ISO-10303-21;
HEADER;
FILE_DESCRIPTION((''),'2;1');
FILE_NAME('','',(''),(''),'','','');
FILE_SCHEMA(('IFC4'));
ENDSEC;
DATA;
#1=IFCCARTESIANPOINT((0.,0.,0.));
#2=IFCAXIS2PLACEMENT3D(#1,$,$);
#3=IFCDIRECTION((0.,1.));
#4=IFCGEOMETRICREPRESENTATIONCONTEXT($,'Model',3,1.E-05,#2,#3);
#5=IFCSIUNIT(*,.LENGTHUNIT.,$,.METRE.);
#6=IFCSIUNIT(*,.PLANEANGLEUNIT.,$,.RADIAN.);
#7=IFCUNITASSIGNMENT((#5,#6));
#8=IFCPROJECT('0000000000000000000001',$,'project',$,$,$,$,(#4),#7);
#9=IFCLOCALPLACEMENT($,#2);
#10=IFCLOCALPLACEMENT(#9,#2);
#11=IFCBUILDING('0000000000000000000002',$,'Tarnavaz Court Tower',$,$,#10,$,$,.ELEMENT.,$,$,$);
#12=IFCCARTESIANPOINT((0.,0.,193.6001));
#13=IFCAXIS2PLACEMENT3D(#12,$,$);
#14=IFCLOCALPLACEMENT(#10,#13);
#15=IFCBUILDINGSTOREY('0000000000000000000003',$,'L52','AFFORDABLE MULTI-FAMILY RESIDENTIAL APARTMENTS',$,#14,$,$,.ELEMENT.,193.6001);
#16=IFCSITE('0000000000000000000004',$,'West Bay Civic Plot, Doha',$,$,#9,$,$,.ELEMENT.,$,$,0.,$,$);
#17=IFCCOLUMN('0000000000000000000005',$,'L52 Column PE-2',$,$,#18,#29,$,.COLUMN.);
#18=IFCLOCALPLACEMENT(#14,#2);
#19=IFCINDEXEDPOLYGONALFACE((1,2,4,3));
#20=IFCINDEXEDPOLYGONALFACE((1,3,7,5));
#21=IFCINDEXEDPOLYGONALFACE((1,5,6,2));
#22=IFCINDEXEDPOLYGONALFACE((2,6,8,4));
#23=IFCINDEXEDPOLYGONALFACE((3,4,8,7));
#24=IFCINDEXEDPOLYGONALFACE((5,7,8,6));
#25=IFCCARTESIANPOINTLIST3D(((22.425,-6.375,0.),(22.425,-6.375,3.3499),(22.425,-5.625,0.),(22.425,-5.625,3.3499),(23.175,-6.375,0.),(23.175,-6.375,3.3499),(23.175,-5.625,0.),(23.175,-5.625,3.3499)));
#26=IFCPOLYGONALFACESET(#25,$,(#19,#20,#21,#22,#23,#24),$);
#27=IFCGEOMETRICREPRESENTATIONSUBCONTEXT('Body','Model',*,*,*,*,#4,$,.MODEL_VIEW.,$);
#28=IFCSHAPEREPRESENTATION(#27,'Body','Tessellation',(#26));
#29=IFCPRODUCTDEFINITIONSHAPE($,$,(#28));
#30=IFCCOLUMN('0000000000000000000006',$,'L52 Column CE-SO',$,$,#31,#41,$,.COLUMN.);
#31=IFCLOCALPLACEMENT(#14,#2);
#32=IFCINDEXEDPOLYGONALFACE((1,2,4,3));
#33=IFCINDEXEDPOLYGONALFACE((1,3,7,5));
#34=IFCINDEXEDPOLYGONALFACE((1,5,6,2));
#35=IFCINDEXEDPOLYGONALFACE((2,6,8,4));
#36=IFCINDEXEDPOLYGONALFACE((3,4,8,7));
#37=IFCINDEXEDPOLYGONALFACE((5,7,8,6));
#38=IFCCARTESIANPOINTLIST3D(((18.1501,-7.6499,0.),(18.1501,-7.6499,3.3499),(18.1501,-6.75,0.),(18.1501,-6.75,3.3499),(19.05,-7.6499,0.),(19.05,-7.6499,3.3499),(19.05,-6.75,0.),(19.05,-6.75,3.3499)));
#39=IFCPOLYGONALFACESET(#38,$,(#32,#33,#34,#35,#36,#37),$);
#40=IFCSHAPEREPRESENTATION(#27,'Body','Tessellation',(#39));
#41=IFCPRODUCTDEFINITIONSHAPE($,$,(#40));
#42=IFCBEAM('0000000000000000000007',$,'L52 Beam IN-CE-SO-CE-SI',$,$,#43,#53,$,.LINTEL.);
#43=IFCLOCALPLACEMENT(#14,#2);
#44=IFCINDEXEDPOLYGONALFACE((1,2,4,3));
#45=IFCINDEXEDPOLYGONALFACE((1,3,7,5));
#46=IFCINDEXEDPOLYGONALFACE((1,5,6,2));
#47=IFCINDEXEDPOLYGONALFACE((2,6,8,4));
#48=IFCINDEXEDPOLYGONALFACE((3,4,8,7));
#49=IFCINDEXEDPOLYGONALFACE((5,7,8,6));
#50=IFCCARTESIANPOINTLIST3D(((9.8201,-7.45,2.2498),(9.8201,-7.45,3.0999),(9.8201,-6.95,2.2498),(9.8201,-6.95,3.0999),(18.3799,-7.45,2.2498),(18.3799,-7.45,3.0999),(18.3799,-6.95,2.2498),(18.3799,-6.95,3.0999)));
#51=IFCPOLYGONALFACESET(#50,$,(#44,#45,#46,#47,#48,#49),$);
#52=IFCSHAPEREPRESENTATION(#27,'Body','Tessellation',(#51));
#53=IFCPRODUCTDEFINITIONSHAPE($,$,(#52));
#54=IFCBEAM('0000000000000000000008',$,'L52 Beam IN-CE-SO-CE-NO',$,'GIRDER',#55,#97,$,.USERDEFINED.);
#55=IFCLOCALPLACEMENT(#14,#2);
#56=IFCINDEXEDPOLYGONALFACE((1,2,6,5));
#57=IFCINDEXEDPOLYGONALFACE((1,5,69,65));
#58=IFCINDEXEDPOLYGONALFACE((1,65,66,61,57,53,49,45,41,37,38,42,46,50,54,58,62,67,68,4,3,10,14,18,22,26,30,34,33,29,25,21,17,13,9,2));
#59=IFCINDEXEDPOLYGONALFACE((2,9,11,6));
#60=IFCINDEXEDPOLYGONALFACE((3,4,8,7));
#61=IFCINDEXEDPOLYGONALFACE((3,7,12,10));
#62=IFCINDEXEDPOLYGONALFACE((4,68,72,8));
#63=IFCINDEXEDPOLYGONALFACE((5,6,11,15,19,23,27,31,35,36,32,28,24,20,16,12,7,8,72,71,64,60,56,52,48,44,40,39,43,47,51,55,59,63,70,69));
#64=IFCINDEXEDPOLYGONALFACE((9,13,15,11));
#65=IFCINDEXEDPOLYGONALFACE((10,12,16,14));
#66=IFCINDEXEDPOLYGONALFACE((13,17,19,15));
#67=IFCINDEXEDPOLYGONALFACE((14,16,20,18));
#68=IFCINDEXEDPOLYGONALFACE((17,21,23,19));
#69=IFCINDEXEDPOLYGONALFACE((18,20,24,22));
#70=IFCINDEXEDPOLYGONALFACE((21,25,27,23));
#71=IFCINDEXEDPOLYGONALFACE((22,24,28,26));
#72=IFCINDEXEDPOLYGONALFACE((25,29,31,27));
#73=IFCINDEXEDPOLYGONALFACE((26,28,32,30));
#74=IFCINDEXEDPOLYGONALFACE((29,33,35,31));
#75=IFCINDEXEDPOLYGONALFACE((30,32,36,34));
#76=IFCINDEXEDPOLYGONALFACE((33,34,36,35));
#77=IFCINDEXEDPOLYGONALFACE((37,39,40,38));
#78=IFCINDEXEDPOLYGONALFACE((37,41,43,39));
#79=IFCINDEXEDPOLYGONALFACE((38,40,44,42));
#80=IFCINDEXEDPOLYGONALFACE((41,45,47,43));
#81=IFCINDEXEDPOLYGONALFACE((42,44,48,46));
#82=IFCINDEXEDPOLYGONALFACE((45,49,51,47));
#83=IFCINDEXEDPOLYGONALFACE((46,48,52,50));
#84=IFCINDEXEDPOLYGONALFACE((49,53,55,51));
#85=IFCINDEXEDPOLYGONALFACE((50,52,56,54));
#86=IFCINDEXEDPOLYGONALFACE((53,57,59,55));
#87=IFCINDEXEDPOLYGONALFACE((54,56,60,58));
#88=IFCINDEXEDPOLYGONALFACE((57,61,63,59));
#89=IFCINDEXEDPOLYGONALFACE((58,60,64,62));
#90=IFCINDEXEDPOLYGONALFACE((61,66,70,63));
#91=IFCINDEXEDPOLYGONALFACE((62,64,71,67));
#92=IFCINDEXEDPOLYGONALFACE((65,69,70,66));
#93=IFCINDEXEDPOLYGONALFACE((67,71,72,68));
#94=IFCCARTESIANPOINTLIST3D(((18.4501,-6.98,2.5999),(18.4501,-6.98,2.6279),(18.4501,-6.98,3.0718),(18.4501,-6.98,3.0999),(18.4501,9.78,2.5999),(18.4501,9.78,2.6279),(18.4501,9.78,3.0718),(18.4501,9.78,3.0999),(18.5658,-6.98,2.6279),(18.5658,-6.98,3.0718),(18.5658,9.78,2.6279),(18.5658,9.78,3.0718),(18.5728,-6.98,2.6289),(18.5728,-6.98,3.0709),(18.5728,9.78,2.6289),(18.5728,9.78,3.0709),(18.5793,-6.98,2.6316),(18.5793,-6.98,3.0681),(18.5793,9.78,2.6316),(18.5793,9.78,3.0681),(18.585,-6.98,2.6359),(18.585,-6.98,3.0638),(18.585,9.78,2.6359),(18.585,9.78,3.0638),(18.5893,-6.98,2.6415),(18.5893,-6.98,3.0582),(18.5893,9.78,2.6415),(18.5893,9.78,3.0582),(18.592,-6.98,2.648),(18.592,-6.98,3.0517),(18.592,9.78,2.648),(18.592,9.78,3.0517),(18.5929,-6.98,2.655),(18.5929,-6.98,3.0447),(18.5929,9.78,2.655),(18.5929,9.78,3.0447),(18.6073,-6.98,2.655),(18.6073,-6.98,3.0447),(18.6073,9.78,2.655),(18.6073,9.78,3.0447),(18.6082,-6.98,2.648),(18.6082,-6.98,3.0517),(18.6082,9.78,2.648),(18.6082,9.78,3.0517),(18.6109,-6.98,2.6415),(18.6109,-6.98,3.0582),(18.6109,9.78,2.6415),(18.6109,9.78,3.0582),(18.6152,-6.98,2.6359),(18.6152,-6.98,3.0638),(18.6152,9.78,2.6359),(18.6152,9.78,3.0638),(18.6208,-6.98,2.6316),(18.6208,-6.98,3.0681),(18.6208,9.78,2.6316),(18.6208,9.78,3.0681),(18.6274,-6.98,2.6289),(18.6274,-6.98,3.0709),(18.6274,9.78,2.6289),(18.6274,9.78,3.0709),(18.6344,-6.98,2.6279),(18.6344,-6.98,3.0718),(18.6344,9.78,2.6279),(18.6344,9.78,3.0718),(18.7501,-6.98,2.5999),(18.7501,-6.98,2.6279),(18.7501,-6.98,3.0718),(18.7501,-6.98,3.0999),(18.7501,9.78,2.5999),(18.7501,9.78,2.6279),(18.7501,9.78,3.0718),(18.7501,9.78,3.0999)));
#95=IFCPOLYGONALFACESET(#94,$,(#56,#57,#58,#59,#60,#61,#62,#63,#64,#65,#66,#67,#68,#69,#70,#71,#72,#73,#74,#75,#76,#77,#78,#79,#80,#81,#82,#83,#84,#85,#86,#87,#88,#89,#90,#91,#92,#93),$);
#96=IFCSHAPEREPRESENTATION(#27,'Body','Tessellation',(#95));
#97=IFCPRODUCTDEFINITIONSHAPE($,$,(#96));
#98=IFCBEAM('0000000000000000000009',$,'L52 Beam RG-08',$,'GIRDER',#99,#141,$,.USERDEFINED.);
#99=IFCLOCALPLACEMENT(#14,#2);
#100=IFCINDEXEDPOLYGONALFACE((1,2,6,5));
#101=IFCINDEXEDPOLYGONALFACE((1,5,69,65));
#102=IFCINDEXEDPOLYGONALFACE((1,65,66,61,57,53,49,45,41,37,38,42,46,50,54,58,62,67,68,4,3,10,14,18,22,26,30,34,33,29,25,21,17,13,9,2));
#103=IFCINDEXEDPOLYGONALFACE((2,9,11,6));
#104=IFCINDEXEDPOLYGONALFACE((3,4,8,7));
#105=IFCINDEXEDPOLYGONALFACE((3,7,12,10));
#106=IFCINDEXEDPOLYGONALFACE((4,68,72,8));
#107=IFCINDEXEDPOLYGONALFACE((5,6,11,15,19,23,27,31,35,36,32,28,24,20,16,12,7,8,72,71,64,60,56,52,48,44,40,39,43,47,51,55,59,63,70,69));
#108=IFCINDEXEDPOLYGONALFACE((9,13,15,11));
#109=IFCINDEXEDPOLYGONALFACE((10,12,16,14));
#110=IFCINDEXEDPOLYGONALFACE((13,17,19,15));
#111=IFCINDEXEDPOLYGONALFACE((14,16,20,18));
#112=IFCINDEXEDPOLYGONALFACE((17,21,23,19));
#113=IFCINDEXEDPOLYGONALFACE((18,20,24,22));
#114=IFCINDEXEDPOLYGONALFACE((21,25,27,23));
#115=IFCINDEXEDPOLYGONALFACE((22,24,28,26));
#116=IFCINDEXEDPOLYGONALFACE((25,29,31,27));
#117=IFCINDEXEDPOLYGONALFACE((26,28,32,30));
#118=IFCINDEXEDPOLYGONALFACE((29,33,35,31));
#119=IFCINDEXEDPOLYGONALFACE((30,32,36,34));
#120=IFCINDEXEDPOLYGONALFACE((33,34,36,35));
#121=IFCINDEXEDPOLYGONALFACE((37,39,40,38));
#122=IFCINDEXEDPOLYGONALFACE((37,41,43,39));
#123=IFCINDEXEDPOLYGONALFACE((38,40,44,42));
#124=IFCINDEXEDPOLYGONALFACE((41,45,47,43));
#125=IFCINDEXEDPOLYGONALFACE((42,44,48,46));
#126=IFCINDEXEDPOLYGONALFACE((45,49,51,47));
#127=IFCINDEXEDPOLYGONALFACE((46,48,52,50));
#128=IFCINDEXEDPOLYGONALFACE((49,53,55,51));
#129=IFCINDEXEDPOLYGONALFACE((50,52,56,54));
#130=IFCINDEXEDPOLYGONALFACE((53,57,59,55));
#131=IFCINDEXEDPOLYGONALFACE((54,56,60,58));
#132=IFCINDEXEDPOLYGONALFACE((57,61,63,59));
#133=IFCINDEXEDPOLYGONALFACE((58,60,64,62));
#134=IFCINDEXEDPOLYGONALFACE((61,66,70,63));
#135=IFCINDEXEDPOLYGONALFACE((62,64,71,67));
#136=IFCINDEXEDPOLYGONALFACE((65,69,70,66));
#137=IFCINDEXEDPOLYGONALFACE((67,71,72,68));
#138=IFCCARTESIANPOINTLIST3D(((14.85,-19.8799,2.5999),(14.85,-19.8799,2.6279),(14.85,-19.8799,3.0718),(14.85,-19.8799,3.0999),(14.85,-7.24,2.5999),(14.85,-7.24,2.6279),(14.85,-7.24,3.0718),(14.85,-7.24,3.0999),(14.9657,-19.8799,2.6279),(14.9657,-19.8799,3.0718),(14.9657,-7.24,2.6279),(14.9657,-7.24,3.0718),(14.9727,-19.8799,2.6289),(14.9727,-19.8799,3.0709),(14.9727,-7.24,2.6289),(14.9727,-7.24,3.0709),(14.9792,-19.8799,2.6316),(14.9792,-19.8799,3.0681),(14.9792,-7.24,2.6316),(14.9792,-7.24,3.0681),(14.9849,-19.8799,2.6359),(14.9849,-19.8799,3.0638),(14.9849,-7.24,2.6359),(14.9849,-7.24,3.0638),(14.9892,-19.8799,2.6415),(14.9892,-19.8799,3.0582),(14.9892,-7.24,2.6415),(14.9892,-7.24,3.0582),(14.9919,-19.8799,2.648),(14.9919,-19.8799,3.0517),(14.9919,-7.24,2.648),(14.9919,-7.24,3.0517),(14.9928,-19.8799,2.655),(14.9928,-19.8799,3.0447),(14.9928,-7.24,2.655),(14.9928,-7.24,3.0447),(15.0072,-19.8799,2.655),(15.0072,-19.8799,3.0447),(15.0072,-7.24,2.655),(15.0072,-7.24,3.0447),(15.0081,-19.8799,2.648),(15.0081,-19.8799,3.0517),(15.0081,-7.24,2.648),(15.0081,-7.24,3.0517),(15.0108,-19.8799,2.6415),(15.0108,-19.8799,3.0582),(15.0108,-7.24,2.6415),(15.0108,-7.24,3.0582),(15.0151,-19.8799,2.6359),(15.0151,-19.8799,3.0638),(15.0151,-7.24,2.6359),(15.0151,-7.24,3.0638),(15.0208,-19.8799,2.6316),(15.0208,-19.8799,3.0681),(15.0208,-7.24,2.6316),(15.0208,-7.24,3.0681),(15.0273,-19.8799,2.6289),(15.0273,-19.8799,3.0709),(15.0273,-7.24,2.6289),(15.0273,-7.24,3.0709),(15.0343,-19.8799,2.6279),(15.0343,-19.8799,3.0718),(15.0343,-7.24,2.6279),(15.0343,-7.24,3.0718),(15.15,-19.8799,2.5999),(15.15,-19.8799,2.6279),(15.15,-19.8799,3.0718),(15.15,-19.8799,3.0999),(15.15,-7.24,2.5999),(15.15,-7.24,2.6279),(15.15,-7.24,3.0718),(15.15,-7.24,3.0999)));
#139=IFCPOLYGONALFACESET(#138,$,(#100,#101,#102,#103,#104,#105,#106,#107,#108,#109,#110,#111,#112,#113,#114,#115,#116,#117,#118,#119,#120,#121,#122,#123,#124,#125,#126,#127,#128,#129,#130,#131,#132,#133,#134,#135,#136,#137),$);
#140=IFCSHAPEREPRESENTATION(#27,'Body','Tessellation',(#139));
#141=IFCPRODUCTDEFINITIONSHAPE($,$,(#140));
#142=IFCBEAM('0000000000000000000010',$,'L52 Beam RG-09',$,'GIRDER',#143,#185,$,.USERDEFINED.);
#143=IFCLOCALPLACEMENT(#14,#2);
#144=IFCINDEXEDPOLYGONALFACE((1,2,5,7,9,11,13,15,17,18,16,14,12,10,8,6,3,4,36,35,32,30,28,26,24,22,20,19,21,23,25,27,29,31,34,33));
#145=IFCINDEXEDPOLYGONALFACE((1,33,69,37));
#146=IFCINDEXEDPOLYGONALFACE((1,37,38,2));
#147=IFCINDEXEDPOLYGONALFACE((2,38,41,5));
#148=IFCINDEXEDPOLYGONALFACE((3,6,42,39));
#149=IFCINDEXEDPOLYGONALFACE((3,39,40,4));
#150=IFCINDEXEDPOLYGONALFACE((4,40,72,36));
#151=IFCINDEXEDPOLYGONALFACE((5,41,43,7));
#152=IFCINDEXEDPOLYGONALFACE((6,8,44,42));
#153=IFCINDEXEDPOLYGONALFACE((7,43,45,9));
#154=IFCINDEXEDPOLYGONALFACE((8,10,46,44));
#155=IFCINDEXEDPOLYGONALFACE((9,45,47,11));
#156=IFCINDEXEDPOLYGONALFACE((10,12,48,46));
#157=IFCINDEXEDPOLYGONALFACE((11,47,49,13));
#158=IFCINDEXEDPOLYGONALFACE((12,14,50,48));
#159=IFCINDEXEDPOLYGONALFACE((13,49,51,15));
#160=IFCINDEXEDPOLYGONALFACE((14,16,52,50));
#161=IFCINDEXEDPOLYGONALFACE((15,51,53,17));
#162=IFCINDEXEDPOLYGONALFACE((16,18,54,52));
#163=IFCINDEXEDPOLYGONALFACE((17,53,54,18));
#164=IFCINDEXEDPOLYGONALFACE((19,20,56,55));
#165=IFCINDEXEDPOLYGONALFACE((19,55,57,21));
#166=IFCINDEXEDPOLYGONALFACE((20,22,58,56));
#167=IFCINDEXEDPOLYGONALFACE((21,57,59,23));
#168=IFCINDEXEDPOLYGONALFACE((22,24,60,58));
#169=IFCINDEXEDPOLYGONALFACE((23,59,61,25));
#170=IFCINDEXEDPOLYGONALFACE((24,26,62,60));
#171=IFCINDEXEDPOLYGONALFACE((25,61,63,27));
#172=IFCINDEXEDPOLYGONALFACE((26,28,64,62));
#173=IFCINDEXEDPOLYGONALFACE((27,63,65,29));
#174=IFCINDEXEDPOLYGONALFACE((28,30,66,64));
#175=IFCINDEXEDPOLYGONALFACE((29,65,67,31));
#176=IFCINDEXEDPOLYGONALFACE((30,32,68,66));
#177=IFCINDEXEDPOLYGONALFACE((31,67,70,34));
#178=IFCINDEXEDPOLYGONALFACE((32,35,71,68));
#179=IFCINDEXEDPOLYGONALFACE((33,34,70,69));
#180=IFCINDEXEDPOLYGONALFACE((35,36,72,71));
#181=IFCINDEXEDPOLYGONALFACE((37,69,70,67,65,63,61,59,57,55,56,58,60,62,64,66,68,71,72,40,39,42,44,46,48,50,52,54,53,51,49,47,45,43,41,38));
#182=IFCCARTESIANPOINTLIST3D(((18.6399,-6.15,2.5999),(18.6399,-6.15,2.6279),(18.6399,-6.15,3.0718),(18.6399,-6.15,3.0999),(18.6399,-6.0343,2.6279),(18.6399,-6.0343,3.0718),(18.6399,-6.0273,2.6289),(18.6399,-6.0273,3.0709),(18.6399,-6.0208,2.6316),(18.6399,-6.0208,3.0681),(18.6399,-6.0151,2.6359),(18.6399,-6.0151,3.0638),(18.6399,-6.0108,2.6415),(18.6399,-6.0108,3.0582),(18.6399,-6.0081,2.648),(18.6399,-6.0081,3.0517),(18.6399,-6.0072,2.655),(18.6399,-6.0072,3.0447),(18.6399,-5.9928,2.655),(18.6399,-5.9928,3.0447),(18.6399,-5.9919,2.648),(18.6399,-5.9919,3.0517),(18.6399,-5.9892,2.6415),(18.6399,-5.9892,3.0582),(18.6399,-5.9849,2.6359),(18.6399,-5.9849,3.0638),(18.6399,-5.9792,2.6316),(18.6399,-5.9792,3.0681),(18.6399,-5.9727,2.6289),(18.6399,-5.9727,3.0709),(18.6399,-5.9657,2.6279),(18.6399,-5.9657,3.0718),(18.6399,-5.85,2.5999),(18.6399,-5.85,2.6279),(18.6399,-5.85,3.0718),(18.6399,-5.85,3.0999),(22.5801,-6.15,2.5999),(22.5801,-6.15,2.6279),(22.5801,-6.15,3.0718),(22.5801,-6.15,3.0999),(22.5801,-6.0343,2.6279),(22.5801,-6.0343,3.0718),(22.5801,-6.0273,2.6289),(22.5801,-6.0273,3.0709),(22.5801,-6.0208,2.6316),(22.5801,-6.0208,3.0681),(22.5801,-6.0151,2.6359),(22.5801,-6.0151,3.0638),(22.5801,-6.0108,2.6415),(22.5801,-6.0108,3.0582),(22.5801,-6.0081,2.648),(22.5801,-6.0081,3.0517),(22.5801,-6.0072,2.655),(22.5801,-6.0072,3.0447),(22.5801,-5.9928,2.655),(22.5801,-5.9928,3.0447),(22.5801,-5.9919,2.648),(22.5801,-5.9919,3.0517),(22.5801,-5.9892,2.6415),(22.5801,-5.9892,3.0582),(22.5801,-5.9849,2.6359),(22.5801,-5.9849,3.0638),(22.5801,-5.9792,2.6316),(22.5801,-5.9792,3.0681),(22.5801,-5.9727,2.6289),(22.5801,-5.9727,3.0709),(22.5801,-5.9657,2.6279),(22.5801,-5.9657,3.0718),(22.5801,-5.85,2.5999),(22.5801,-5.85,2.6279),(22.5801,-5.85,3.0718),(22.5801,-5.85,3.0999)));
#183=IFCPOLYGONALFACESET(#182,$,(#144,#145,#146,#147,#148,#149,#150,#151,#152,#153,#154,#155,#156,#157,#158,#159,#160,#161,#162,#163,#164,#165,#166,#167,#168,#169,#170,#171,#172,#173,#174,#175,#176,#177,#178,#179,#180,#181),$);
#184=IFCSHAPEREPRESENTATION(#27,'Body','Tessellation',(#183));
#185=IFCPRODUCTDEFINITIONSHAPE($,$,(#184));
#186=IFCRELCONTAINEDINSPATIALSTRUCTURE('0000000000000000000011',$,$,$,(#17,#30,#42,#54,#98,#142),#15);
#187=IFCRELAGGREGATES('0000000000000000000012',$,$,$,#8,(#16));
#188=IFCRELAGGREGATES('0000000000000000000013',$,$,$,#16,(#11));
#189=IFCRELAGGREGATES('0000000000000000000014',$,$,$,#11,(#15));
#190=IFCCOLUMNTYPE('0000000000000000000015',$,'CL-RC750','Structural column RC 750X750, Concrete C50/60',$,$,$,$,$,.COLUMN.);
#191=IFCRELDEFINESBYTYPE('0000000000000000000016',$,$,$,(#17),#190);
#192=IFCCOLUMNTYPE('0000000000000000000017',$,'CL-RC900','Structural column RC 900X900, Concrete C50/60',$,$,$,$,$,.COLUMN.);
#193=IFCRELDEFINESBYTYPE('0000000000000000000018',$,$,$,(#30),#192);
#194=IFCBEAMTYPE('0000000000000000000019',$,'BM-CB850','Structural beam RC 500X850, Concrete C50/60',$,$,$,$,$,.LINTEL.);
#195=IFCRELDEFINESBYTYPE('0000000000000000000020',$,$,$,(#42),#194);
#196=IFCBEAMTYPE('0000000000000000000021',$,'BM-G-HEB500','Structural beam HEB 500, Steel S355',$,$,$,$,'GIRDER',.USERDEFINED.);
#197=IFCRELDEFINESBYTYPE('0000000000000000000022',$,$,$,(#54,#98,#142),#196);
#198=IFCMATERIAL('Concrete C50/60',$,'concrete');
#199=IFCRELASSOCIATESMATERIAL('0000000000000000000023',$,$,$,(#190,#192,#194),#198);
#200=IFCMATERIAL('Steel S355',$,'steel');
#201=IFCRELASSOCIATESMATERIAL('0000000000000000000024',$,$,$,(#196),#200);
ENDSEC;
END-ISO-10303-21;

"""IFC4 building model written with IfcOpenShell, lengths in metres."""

from ifc_helpers import new_model, si_unit, direction, frame, origin, origin_2d, place, context, subcontext, project, spatial, rectangle, i_section, extrude, material, material_profile, profile_set, type_object, element, save


model = new_model("IFC4")

# Units and contexts
model_context = context("Model", 3, precision=1e-05, world=origin(), true_north=direction((0.0, 1.0)))
body_context = subcontext(model_context, "Body", "Model", "MODEL_VIEW")
ifc_project = project(units=[si_unit("LENGTHUNIT", "METRE"), si_unit("PLANEANGLEUNIT", "RADIAN")], contexts=[model_context])

# Site, building, storey
site_placement = place(None, origin())
site = spatial("IfcSite", under=ifc_project, at=site_placement, Name="West Bay Civic Plot, Doha", CompositionType="ELEMENT", RefElevation=0.0)
building_placement = place(site_placement, origin())
building = spatial("IfcBuilding", under=site, at=building_placement, Name="Tarnavaz Court Tower", CompositionType="ELEMENT")
storey_placement = place(building_placement, frame((0.0, 0.0, 193.6001)))
storey = spatial("IfcBuildingStorey", under=building, at=storey_placement, Name="L52", Description="AFFORDABLE MULTI-FAMILY RESIDENTIAL APARTMENTS", CompositionType="ELEMENT", Elevation=193.6001)

# Columns
ifc_material_1 = material(Name="Concrete C50/60", Category="concrete")
ifc_material_profile_1 = material_profile(ifc_material_1, rectangle(XDim=0.75, YDim=0.75, at=origin_2d()), Name="RC 750X750")
ifc_profile_set_1 = profile_set([ifc_material_profile_1], Name="Concrete C50/60")
column_type_1 = type_object("IfcColumnType", Name="CL-RC750", Description="Structural column RC 750X750, Concrete C50/60", PredefinedType="COLUMN", material=ifc_profile_set_1)
column_1_placement = place(storey_placement, frame((22.8, -6.0, 0.0), z_axis=(0.0, 0.0, 1.0), x_axis=(1.0, 0.0, 0.0)))
element("IfcColumn", 1, at=column_1_placement, inside=storey, type_object=column_type_1, Name="L52 Column PE-2", PredefinedType="COLUMN", context=body_context, shape_type="SweptSolid", body=[
    extrude(rectangle(XDim=0.75, YDim=0.75, at=origin_2d()), origin(), (0.0, 0.0, 1.0), 3.3499),
])
ifc_material_profile_2 = material_profile(ifc_material_1, rectangle(XDim=0.8999, YDim=0.8999, at=origin_2d()), Name="RC 900X900")
ifc_profile_set_2 = profile_set([ifc_material_profile_2], Name="Concrete C50/60")
column_type_2 = type_object("IfcColumnType", Name="CL-RC900", Description="Structural column RC 900X900, Concrete C50/60", PredefinedType="COLUMN", material=ifc_profile_set_2)
column_2_placement = place(storey_placement, frame((18.6001, -7.2, 0.0), z_axis=(0.0, 0.0, 1.0), x_axis=(1.0, 0.0, 0.0)))
element("IfcColumn", 2, at=column_2_placement, inside=storey, type_object=column_type_2, Name="L52 Column CE-SO", PredefinedType="COLUMN", context=body_context, shape_type="SweptSolid", body=[
    extrude(rectangle(XDim=0.8999, YDim=0.8999, at=origin_2d()), origin(), (0.0, 0.0, 1.0), 3.3499),
])

# Beams
ifc_material_profile_3 = material_profile(ifc_material_1, rectangle(XDim=0.5, YDim=0.8501, at=origin_2d()), Name="RC 500X850")
ifc_profile_set_3 = profile_set([ifc_material_profile_3], Name="Concrete C50/60")
beam_type_1 = type_object("IfcBeamType", Name="BM-CB850", Description="Structural beam RC 500X850, Concrete C50/60", PredefinedType="LINTEL", material=ifc_profile_set_3)
beam_1_placement = place(storey_placement, frame((18.3799, -7.2, 2.6748), z_axis=(-1.0, 0.0, 0.0), x_axis=(0.0, -1.0, 0.0)))
element("IfcBeam", 3, at=beam_1_placement, inside=storey, type_object=beam_type_1, Name="L52 Beam IN-CE-SO-CE-SI", PredefinedType="LINTEL", context=body_context, shape_type="SweptSolid", body=[
    extrude(rectangle(XDim=0.5, YDim=0.8501, at=origin_2d()), origin(), (0.0, 0.0, 1.0), 8.5598),
])
ifc_material_2 = material(Name="Steel S355", Category="steel")
ifc_material_profile_4 = material_profile(ifc_material_2, i_section(OverallWidth=0.3, OverallDepth=0.5, WebThickness=0.0144, FlangeThickness=0.0281, FilletRadius=0.0271, at=origin_2d()), Name="HEB 500")
ifc_profile_set_4 = profile_set([ifc_material_profile_4], Name="Steel S355")
beam_type_2 = type_object("IfcBeamType", Name="BM-G-HEB500", Description="Structural beam HEB 500, Steel S355", ElementType="GIRDER", PredefinedType="USERDEFINED", material=ifc_profile_set_4)
beam_2_placement = place(storey_placement, frame((18.6001, -6.98, 2.8499), z_axis=(0.0, 1.0, 0.0), x_axis=(-1.0, 0.0, 0.0)))
element("IfcBeam", 4, at=beam_2_placement, inside=storey, type_object=beam_type_2, Name="L52 Beam IN-CE-SO-CE-NO", ObjectType="GIRDER", PredefinedType="USERDEFINED", context=body_context, shape_type="SweptSolid", body=[
    extrude(i_section(OverallWidth=0.3, OverallDepth=0.5, WebThickness=0.0144, FlangeThickness=0.0281, FilletRadius=0.0271, at=origin_2d()), origin(), (0.0, 0.0, 1.0), 16.76),
])
beam_3_placement = place(storey_placement, frame((15.0, -7.24, 2.8499), z_axis=(0.0, -1.0, 0.0), x_axis=(1.0, 0.0, 0.0)))
element("IfcBeam", 5, at=beam_3_placement, inside=storey, type_object=beam_type_2, Name="L52 Beam RG-08", ObjectType="GIRDER", PredefinedType="USERDEFINED", context=body_context, shape_type="SweptSolid", body=[
    extrude(i_section(OverallWidth=0.3, OverallDepth=0.5, WebThickness=0.0144, FlangeThickness=0.0281, FilletRadius=0.0271, at=origin_2d()), origin(), (0.0, 0.0, 1.0), 12.6399),
])
beam_4_placement = place(storey_placement, frame((18.6399, -6.0, 2.8499), z_axis=(1.0, 0.0, 0.0), x_axis=(0.0, 1.0, 0.0)))
element("IfcBeam", 6, at=beam_4_placement, inside=storey, type_object=beam_type_2, Name="L52 Beam RG-09", ObjectType="GIRDER", PredefinedType="USERDEFINED", context=body_context, shape_type="SweptSolid", body=[
    extrude(i_section(OverallWidth=0.3, OverallDepth=0.5, WebThickness=0.0144, FlangeThickness=0.0281, FilletRadius=0.0271, at=origin_2d()), origin(), (0.0, 0.0, 1.0), 3.9402),
])

save(model, "model.ifc")
